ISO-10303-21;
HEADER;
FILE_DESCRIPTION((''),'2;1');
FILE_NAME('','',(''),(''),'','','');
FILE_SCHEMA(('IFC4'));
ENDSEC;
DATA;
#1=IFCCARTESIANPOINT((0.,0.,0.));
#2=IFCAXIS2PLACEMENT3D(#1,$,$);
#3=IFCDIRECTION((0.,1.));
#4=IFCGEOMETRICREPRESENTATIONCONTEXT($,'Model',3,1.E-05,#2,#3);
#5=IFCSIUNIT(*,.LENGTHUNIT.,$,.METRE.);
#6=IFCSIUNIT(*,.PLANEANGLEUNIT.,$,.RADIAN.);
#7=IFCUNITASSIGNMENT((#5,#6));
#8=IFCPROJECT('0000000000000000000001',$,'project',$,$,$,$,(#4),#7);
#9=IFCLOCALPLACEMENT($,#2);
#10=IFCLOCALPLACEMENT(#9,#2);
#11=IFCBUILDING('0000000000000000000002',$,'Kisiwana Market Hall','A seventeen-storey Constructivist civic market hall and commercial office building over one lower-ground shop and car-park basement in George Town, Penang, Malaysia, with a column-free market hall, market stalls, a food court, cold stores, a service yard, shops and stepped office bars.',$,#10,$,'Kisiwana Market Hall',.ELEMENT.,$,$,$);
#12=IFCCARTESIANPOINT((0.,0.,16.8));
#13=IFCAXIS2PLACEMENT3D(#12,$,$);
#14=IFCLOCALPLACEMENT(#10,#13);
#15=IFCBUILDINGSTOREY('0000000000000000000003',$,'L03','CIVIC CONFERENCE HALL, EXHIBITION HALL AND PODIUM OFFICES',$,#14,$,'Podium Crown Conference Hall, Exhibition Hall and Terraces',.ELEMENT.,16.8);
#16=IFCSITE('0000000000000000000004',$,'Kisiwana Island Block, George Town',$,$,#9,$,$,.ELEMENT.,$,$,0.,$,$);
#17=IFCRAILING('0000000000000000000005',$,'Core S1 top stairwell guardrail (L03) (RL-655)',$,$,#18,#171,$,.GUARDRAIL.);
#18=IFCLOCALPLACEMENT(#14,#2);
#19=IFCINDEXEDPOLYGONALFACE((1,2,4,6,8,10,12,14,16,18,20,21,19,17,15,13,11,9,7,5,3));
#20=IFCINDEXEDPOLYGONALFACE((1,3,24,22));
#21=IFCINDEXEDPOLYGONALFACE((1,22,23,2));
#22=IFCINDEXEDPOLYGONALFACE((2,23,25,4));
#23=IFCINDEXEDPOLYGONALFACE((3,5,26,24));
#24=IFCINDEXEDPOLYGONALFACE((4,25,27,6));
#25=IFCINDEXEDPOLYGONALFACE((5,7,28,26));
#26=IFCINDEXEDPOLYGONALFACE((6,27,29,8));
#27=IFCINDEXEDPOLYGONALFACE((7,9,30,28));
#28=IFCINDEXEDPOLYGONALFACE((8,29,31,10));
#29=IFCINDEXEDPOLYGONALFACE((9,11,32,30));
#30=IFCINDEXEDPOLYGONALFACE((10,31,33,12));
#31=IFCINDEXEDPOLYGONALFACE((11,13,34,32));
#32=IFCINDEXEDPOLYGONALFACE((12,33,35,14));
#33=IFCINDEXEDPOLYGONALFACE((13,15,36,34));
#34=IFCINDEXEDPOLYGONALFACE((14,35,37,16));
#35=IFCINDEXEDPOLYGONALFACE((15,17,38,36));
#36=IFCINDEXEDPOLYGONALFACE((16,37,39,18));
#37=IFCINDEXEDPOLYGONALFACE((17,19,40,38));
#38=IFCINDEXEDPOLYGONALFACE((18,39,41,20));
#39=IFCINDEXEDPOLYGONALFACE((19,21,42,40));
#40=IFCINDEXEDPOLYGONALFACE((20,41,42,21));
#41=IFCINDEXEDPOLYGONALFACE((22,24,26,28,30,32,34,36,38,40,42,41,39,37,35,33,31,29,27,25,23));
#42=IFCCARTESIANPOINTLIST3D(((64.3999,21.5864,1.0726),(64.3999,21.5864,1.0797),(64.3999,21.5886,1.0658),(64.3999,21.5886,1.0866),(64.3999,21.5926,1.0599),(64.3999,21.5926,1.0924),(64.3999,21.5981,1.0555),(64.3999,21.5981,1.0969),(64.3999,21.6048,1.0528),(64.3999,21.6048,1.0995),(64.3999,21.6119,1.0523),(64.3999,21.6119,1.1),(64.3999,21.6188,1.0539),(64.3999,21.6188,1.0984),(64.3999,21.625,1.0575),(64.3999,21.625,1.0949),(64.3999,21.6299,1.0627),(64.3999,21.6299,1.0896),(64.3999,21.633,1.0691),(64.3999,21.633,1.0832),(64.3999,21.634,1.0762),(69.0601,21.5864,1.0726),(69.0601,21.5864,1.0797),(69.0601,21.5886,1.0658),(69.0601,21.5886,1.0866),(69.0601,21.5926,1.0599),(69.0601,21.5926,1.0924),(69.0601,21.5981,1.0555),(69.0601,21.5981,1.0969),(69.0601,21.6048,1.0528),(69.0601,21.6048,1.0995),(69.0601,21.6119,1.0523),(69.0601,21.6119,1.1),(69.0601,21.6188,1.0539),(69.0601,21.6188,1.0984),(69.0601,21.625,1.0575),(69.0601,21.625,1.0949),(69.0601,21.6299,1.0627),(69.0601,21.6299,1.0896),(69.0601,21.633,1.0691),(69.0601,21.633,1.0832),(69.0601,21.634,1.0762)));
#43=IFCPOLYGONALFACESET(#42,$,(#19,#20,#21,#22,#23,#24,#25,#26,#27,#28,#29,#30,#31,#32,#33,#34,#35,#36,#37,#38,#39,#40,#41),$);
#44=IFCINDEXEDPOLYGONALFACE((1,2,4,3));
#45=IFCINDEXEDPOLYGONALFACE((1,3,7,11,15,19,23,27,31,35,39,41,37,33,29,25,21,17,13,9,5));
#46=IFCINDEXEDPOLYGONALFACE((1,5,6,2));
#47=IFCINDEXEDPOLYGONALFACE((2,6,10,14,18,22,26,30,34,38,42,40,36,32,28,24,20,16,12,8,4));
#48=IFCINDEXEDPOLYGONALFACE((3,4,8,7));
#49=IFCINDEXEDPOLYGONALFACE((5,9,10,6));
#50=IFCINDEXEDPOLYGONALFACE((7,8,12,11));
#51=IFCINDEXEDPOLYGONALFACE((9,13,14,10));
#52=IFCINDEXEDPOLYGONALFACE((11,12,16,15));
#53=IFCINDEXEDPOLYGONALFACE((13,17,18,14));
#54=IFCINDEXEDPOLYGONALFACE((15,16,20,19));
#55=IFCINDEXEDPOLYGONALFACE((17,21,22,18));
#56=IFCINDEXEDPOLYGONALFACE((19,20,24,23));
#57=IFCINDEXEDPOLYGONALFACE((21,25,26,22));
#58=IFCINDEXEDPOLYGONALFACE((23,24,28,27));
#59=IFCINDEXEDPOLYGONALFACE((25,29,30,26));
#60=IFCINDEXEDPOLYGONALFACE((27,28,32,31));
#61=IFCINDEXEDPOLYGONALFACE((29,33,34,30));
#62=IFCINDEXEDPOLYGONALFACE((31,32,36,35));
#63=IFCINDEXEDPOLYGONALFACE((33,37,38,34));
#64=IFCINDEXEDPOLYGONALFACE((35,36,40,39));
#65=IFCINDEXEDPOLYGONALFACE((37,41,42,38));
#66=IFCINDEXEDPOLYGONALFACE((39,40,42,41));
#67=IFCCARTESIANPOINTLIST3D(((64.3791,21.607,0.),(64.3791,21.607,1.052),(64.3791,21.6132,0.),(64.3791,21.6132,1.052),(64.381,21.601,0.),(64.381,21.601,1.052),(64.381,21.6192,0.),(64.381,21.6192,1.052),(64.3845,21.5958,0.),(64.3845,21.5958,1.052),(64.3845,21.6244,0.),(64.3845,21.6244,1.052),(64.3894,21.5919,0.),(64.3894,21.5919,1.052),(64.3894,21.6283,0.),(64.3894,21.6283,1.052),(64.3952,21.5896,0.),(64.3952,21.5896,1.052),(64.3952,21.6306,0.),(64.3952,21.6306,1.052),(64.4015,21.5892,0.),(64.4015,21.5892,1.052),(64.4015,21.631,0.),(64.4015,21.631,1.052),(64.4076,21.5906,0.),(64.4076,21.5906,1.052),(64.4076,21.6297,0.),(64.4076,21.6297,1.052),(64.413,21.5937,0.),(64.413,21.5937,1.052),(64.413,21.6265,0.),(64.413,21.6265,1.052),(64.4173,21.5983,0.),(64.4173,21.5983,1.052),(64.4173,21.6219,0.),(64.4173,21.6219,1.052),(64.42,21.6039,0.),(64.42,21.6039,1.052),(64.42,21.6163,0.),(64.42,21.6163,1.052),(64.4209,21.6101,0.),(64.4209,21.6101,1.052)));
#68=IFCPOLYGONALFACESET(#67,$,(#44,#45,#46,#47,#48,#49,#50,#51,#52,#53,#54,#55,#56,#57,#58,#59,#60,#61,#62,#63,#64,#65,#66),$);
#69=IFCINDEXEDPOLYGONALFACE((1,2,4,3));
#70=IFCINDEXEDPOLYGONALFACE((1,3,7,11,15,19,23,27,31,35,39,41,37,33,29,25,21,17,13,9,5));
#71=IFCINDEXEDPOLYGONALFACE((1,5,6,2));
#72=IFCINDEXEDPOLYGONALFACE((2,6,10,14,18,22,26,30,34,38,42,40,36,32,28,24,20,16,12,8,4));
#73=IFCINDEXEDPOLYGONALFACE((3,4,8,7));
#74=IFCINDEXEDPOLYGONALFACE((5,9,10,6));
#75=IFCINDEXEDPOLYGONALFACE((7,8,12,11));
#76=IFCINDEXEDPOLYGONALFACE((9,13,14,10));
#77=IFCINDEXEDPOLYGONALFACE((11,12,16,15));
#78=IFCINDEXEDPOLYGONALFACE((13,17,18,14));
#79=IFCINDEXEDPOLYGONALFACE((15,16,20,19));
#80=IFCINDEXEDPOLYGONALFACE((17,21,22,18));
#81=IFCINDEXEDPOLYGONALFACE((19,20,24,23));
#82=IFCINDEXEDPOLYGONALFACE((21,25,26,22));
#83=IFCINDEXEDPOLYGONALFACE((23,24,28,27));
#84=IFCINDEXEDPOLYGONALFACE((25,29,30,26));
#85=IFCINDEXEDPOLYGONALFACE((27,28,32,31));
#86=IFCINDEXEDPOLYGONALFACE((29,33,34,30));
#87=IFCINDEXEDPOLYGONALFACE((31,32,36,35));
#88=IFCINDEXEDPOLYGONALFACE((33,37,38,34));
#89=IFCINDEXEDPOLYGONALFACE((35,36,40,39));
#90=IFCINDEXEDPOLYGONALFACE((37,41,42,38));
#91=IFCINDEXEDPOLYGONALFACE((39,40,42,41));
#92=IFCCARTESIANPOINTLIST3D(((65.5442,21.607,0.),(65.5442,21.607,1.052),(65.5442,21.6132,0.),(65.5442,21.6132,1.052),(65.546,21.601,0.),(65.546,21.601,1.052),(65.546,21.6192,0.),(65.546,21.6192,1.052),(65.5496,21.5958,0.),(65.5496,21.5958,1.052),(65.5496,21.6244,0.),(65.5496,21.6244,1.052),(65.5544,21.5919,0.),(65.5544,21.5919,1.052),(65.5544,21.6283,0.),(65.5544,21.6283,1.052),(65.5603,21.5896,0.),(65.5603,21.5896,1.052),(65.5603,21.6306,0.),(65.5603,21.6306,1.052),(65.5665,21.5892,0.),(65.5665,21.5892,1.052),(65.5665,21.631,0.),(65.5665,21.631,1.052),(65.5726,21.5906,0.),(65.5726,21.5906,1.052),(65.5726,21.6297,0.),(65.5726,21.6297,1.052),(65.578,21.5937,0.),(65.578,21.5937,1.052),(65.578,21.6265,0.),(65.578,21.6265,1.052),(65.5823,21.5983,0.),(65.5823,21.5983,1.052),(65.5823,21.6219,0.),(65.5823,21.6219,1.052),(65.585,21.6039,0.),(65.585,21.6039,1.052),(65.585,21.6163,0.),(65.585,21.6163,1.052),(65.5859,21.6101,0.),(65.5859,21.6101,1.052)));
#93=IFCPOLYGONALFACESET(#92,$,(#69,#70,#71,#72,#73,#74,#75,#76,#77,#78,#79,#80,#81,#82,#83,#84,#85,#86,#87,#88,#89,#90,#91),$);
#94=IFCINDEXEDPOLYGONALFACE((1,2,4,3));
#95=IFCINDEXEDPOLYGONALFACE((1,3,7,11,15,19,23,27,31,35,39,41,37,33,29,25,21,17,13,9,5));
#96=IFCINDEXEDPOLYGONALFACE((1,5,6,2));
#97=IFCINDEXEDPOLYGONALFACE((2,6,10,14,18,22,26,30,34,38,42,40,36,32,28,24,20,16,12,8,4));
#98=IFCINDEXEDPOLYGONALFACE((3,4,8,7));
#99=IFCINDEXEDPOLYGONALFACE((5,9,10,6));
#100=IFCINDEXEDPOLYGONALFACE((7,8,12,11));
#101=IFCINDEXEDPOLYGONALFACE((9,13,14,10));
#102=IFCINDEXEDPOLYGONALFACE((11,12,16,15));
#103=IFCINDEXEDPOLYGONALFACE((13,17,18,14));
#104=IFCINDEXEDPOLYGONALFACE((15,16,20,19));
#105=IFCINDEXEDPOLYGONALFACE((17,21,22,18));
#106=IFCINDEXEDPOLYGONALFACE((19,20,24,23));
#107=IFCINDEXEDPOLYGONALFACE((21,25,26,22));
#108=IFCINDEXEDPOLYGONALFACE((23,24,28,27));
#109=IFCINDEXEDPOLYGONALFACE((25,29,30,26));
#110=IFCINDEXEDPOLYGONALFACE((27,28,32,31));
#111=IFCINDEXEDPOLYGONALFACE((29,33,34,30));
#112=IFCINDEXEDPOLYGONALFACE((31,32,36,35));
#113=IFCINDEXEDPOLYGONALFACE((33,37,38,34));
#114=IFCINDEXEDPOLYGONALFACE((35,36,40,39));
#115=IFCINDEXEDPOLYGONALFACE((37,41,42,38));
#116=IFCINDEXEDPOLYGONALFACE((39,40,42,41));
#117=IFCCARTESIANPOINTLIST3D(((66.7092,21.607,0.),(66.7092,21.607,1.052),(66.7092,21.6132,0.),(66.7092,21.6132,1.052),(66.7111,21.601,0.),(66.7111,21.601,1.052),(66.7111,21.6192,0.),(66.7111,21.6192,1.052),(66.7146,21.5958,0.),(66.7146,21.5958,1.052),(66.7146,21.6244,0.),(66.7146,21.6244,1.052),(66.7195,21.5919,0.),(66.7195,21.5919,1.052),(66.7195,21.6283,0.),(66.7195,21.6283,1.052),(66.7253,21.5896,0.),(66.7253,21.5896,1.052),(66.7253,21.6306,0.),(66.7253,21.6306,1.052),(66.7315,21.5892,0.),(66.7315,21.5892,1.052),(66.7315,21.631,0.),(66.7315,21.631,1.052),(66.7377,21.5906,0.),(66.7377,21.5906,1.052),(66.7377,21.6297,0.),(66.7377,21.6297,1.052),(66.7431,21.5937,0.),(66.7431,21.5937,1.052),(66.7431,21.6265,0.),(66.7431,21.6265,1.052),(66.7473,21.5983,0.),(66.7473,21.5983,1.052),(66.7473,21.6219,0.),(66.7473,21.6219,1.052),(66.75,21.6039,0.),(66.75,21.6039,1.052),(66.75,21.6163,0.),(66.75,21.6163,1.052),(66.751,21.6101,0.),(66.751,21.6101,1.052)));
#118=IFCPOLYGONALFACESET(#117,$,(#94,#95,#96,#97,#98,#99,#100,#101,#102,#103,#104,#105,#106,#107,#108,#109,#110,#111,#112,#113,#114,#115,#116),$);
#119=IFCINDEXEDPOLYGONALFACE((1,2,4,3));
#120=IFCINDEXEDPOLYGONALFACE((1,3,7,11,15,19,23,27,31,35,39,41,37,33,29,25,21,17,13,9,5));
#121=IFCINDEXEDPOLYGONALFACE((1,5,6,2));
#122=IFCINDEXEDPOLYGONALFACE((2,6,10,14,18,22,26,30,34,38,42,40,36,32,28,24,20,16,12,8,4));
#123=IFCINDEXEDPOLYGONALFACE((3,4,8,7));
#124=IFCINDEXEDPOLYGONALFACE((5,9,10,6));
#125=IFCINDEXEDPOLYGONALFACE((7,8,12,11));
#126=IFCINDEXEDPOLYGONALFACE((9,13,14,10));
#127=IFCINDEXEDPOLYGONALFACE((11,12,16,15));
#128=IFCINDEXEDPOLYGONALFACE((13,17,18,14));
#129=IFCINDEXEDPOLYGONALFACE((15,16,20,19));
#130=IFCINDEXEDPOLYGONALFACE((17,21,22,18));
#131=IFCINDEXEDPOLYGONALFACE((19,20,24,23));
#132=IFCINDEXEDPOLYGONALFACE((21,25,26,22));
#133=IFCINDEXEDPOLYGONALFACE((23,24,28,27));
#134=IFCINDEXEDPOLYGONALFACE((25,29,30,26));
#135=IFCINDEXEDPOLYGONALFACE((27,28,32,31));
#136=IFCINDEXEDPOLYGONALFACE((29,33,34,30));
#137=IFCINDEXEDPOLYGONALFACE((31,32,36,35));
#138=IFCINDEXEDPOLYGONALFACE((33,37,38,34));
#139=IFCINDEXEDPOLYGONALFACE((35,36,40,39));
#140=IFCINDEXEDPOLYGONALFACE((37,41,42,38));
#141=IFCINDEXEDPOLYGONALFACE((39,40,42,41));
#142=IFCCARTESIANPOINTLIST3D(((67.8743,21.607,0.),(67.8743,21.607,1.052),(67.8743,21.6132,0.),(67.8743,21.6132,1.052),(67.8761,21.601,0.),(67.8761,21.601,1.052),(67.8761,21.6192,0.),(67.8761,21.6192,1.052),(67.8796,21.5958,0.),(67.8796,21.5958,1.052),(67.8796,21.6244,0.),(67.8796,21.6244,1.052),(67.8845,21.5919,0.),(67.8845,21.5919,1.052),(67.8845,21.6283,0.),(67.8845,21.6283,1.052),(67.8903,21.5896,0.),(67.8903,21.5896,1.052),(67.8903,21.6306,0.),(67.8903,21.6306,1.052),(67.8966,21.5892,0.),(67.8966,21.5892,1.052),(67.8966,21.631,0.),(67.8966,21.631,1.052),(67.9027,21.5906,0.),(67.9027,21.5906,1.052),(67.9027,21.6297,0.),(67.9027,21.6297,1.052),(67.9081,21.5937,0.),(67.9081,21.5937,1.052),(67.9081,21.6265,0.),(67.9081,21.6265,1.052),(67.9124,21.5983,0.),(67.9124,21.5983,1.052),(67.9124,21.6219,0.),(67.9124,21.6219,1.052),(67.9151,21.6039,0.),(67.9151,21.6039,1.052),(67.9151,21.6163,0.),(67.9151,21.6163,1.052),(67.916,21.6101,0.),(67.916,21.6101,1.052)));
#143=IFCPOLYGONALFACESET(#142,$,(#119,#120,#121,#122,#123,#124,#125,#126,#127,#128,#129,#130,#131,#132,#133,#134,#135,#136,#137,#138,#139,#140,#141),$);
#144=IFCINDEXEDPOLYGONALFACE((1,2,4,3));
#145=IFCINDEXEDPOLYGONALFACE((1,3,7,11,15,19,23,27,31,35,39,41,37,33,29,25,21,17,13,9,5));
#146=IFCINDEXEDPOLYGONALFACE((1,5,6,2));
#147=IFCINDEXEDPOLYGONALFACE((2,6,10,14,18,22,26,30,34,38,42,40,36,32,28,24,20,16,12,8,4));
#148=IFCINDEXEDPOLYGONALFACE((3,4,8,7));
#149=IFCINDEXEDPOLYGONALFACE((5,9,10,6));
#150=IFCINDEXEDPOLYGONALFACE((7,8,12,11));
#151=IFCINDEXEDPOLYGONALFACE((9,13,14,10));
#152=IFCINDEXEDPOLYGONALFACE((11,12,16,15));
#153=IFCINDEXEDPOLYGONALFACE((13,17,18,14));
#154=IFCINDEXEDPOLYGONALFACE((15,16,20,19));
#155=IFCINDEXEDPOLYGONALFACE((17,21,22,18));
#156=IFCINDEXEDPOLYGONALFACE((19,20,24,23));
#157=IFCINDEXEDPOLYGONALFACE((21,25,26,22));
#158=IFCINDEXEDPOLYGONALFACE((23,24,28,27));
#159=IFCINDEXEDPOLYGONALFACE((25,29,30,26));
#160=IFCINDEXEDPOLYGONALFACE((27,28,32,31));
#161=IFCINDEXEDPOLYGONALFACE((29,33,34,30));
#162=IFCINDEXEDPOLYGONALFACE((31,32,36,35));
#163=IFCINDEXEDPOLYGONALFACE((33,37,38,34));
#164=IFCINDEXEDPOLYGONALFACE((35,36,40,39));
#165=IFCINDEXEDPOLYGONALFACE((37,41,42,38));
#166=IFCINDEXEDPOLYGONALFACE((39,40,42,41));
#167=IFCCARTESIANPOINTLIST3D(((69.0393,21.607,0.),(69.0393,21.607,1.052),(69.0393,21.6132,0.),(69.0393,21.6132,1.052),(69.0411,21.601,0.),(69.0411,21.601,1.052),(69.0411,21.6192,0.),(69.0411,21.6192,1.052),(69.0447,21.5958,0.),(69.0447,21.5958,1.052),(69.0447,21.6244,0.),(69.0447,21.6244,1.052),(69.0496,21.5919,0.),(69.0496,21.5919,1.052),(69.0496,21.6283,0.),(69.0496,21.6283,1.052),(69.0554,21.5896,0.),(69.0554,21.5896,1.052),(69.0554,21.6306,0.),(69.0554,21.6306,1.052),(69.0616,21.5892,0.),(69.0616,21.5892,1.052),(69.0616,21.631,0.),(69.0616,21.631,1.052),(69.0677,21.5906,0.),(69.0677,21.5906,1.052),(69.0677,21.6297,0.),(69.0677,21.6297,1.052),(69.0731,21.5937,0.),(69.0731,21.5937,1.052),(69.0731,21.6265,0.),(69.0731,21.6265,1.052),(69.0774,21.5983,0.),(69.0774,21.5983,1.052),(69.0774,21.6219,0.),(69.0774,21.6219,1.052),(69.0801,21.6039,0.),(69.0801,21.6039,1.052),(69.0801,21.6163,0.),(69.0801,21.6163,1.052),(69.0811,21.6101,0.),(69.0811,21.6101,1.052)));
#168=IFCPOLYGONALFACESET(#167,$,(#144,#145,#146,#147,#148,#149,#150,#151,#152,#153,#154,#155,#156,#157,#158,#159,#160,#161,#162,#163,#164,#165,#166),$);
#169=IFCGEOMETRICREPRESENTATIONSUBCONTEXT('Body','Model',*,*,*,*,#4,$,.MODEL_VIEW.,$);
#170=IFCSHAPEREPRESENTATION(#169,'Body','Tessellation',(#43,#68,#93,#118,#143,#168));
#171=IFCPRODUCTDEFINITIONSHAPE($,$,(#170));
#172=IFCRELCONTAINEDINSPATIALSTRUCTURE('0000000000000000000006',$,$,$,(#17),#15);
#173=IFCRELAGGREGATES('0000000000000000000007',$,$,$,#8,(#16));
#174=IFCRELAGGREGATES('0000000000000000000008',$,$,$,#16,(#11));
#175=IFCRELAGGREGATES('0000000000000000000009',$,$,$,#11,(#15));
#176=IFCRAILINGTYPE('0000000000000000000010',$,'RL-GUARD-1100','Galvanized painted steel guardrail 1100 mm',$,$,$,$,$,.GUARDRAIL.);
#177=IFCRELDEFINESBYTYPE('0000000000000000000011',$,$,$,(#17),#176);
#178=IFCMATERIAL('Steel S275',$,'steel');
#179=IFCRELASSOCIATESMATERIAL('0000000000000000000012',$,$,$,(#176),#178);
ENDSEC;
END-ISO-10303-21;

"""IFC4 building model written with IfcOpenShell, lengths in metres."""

from ifc_helpers import new_model, si_unit, direction, frame, origin, origin_2d, place, context, subcontext, project, spatial, circle, extrude, material, type_object, element, save


model = new_model("IFC4")

# Units and contexts
model_context = context("Model", 3, precision=1e-05, world=origin(), true_north=direction((0.0, 1.0)))
body_context = subcontext(model_context, "Body", "Model", "MODEL_VIEW")
ifc_project = project(units=[si_unit("LENGTHUNIT", "METRE"), si_unit("PLANEANGLEUNIT", "RADIAN")], contexts=[model_context])

# Site, building, storey
site_placement = place(None, origin())
site = spatial("IfcSite", under=ifc_project, at=site_placement, Name="Kisiwana Island Block, George Town", CompositionType="ELEMENT", RefElevation=0.0)
building_placement = place(site_placement, origin())
building = spatial("IfcBuilding", under=site, at=building_placement, Name="Kisiwana Market Hall", Description="A seventeen-storey Constructivist civic market hall and commercial office building over one lower-ground shop and car-park basement in George Town, Penang, Malaysia, with a column-free market hall, market stalls, a food court, cold stores, a service yard, shops and stepped office bars.", LongName="Kisiwana Market Hall", CompositionType="ELEMENT")
storey_placement = place(building_placement, frame((0.0, 0.0, 16.8)))
storey = spatial("IfcBuildingStorey", under=building, at=storey_placement, Name="L03", Description="CIVIC CONFERENCE HALL, EXHIBITION HALL AND PODIUM OFFICES", LongName="Podium Crown Conference Hall, Exhibition Hall and Terraces", CompositionType="ELEMENT", Elevation=16.8)

# Railing
ifc_material_1 = material(Name="Steel S275", Category="steel")
railing_type = type_object("IfcRailingType", Name="RL-GUARD-1100", Description="Galvanized painted steel guardrail 1100 mm", PredefinedType="GUARDRAIL", material=ifc_material_1)
railing_1_placement = place(storey_placement, frame((64.3999, 21.6101, 0.0)))
element("IfcRailing", 1, at=railing_1_placement, inside=storey, type_object=railing_type, Name="Core S1 top stairwell guardrail (L03) (RL-655)", PredefinedType="GUARDRAIL", context=body_context, shape_type="SweptSolid", body=[
    extrude(circle(Radius=0.0239, at=origin_2d()), frame((0.0, 0.0, 1.0762), z_axis=(1.0, 0.0, 0.0), x_axis=(0.0, 1.0, 0.0)), (0.0, 0.0, 1.0), 4.6602),
    extrude(circle(Radius=0.021, at=origin_2d()), origin(), (0.0, 0.0, 1.0), 1.052),
    extrude(circle(Radius=0.021, at=origin_2d()), frame((1.165, 0.0, 0.0)), (0.0, 0.0, 1.0), 1.052),
    extrude(circle(Radius=0.021, at=origin_2d()), frame((2.3301, 0.0, 0.0)), (0.0, 0.0, 1.0), 1.052),
    extrude(circle(Radius=0.021, at=origin_2d()), frame((3.4951, 0.0, 0.0)), (0.0, 0.0, 1.0), 1.052),
    extrude(circle(Radius=0.021, at=origin_2d()), frame((4.6602, 0.0, 0.0)), (0.0, 0.0, 1.0), 1.052),
])

save(model, "model.ifc")
